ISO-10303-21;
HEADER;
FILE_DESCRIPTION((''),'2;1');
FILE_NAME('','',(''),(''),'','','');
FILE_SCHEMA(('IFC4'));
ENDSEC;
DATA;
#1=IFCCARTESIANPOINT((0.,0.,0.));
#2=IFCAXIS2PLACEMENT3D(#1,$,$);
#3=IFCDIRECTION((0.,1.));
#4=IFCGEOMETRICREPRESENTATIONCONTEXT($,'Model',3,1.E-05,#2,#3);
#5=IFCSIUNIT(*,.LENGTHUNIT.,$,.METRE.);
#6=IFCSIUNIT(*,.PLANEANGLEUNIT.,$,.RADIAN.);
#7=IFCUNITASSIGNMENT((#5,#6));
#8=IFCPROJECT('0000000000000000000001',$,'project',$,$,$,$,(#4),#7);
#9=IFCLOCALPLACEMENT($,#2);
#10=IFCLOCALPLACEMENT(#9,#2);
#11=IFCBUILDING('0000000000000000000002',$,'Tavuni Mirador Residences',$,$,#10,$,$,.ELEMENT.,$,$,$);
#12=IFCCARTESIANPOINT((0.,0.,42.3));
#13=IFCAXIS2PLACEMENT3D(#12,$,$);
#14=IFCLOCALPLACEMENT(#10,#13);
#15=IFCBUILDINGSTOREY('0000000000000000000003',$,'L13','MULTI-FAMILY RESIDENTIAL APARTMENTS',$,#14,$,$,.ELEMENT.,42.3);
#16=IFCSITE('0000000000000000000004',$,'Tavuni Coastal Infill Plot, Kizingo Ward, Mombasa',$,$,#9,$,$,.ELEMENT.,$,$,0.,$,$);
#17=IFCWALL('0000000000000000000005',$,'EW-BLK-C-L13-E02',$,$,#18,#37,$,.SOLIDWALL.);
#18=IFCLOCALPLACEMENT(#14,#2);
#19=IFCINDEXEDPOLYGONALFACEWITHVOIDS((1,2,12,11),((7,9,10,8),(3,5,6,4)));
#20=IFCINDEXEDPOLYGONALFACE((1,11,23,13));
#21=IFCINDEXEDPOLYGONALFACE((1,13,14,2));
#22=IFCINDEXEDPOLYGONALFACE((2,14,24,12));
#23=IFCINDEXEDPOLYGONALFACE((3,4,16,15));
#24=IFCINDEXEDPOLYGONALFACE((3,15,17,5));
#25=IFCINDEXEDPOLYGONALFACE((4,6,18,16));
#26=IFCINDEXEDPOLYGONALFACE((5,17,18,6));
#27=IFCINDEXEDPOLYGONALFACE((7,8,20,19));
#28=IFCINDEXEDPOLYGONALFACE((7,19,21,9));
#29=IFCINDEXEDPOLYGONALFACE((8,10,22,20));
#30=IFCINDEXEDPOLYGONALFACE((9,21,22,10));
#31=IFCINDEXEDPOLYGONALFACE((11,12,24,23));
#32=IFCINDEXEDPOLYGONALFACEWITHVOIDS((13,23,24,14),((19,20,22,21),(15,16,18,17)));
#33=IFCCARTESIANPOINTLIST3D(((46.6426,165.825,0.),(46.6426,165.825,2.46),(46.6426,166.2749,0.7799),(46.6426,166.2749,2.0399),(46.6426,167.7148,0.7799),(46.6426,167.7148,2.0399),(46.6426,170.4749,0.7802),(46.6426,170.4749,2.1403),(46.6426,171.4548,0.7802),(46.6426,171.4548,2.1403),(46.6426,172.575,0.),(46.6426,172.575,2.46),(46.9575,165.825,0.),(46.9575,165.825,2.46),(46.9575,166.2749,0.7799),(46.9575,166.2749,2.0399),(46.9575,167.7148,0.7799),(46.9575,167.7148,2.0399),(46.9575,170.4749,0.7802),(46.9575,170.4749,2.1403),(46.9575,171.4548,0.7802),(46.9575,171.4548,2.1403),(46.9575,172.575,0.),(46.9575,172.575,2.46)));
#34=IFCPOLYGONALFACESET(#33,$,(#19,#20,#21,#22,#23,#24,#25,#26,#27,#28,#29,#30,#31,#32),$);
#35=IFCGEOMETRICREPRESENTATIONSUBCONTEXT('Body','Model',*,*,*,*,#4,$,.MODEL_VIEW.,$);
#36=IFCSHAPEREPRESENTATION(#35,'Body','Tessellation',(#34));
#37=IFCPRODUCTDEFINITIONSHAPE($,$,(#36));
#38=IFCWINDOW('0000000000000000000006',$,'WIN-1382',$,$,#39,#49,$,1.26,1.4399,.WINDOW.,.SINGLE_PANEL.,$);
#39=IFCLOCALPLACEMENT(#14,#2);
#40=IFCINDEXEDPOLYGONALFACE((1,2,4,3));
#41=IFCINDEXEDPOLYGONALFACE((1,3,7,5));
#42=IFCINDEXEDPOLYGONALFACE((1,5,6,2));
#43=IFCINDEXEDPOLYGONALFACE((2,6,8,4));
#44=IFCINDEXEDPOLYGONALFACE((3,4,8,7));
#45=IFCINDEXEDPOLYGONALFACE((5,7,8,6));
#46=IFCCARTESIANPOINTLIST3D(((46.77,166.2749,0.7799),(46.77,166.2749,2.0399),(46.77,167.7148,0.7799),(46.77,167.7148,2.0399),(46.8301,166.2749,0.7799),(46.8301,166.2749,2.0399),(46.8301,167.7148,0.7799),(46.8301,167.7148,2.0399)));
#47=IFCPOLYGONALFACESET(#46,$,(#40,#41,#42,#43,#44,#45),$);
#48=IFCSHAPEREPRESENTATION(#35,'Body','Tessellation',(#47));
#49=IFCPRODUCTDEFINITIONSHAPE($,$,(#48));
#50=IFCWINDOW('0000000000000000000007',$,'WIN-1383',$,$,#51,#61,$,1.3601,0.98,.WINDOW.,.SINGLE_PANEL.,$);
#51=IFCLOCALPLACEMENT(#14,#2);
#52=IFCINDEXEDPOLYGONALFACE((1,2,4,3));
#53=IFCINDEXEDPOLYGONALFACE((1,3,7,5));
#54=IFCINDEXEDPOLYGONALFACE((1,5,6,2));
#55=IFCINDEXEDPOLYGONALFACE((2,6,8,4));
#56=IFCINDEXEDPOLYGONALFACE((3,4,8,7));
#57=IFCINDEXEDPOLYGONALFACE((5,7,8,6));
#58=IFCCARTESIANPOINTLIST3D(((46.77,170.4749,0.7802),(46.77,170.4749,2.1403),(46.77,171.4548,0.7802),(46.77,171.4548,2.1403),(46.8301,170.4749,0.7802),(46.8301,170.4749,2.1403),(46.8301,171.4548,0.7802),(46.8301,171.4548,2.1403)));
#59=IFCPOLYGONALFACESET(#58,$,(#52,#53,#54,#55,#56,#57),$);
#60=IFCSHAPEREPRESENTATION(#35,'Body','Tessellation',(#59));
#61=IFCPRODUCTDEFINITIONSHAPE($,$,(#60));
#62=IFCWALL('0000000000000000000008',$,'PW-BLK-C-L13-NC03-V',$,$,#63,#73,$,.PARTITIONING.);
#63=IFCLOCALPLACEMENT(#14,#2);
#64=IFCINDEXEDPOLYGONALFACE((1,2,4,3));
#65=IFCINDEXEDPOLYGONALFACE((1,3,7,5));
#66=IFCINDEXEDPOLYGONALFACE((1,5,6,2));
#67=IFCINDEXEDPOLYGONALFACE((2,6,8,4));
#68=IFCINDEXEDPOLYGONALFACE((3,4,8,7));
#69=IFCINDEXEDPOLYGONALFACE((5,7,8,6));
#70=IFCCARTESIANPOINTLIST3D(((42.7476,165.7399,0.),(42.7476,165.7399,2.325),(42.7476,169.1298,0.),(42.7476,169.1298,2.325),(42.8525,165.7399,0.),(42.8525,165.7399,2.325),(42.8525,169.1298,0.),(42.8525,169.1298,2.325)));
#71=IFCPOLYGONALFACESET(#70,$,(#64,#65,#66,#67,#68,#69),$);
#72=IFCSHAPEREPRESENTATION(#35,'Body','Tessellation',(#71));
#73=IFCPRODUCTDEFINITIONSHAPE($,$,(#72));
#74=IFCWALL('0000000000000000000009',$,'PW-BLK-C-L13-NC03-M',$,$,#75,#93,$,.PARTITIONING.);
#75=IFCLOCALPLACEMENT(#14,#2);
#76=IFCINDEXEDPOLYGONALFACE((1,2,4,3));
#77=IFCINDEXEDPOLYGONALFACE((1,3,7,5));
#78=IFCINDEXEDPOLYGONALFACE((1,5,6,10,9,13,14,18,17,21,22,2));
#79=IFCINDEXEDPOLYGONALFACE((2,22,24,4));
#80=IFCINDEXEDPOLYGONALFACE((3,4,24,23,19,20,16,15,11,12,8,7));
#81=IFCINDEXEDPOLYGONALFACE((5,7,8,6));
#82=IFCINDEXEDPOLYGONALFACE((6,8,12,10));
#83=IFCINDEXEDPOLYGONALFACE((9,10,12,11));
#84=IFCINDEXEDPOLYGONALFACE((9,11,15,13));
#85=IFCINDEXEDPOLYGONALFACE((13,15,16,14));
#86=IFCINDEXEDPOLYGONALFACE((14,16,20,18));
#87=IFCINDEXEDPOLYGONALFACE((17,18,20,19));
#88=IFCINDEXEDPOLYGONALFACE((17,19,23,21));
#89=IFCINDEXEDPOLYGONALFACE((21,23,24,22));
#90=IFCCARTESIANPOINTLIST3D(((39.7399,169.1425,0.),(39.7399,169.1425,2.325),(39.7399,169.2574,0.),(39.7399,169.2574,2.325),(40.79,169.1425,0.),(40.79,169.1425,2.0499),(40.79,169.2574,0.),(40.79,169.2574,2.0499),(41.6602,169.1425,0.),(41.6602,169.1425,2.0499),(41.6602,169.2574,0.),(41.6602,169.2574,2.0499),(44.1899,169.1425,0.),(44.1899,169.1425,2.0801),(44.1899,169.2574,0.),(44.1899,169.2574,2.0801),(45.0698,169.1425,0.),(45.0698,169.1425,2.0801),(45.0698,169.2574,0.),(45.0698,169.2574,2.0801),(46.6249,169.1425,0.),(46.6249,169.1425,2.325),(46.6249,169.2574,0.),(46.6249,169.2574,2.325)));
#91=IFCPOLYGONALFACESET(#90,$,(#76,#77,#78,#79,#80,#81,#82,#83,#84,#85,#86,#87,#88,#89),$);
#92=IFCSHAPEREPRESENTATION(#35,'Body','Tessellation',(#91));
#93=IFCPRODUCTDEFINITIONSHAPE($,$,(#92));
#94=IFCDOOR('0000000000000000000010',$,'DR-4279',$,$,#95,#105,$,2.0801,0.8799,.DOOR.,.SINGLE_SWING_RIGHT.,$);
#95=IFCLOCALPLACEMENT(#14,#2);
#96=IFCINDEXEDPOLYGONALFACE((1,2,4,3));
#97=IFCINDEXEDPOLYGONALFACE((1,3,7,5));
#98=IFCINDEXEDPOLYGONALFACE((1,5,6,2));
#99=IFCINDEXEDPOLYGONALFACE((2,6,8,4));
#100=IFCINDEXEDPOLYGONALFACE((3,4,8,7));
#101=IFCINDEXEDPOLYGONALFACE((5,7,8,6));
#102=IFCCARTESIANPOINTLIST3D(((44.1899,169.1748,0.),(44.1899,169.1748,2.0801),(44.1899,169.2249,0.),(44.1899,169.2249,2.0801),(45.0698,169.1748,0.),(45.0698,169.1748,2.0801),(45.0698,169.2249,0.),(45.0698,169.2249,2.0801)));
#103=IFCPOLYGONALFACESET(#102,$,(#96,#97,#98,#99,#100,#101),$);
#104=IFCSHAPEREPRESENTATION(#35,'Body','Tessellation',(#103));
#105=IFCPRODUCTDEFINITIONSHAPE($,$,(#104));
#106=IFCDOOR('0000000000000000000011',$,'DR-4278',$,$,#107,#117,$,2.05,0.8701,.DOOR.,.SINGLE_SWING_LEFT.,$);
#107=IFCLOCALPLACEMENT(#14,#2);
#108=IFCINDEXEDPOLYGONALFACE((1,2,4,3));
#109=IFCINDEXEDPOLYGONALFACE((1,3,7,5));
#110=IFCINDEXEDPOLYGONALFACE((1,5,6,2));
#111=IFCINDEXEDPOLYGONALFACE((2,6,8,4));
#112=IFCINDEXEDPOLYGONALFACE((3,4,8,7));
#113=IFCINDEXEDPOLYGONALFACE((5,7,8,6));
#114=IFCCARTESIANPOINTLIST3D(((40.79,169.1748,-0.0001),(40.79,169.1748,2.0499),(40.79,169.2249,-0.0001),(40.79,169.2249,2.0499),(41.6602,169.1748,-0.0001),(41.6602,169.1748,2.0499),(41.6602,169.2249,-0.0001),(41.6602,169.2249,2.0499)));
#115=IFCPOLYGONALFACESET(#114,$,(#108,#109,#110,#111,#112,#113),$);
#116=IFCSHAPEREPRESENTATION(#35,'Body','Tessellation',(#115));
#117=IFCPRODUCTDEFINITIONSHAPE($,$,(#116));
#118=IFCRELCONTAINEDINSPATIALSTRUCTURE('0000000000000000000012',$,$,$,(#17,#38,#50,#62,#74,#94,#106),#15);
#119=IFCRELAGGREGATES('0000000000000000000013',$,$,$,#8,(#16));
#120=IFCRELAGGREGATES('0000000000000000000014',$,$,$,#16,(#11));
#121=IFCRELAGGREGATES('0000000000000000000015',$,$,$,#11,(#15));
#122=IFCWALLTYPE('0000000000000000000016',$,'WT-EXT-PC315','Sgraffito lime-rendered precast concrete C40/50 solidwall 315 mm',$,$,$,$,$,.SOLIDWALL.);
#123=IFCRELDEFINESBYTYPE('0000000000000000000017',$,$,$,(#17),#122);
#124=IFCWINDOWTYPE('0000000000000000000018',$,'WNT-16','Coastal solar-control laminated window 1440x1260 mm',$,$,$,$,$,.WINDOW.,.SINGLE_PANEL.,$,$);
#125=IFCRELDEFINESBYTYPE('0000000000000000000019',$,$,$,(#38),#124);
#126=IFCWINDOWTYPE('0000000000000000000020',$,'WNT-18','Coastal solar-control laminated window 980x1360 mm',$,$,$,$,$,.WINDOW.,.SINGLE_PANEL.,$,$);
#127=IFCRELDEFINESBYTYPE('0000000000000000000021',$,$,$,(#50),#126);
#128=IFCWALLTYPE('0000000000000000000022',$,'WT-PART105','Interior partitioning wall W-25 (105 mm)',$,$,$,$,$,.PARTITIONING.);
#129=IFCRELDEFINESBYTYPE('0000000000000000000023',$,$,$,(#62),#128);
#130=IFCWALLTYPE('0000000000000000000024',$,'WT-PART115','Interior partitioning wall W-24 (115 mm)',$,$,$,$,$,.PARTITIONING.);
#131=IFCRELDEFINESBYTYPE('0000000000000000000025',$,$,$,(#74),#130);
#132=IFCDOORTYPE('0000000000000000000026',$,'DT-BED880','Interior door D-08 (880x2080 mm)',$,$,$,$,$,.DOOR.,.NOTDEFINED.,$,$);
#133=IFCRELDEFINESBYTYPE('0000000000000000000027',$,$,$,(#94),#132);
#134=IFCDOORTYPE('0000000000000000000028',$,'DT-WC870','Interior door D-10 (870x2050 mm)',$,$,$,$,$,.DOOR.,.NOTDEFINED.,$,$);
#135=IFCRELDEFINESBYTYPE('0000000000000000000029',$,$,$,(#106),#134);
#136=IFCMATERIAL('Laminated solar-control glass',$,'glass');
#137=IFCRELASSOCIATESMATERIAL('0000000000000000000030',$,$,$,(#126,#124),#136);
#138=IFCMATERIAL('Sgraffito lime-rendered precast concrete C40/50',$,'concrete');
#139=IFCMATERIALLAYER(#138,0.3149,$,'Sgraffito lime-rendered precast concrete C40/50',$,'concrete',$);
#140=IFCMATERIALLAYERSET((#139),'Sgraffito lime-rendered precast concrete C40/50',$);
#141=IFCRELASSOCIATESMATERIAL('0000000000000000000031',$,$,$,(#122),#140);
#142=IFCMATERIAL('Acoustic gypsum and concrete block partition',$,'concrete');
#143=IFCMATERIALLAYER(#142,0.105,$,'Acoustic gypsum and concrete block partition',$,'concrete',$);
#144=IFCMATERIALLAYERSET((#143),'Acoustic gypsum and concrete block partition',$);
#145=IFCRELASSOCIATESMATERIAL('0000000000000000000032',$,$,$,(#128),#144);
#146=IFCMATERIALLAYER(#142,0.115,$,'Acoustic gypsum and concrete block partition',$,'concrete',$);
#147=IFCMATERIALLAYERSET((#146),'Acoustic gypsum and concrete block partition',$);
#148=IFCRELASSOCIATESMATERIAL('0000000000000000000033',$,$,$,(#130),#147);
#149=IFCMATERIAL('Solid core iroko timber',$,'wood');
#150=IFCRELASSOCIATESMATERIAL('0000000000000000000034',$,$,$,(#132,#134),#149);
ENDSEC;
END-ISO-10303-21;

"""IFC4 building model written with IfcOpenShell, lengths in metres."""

from ifc_helpers import new_model, si_unit, direction, frame, frame_2d, origin, place, context, subcontext, project, spatial, rectangle, extrude, material, layer, layer_set, type_object, element, fill, save


model = new_model("IFC4")

# Units and contexts
model_context = context("Model", 3, precision=1e-05, world=origin(), true_north=direction((0.0, 1.0)))
body_context = subcontext(model_context, "Body", "Model", "MODEL_VIEW")
ifc_project = project(units=[si_unit("LENGTHUNIT", "METRE"), si_unit("PLANEANGLEUNIT", "RADIAN")], contexts=[model_context])

# Site, building, storey
site_placement = place(None, origin())
site = spatial("IfcSite", under=ifc_project, at=site_placement, Name="Tavuni Coastal Infill Plot, Kizingo Ward, Mombasa", CompositionType="ELEMENT", RefElevation=0.0)
building_placement = place(site_placement, origin())
building = spatial("IfcBuilding", under=site, at=building_placement, Name="Tavuni Mirador Residences", CompositionType="ELEMENT")
storey_placement = place(building_placement, frame((0.0, 0.0, 42.3)))
storey = spatial("IfcBuildingStorey", under=building, at=storey_placement, Name="L13", Description="MULTI-FAMILY RESIDENTIAL APARTMENTS", CompositionType="ELEMENT", Elevation=42.3)

# Wall, openings, windows
ifc_material_1 = material(Name="Sgraffito lime-rendered precast concrete C40/50", Category="concrete")
ifc_material_2 = material(Name="Laminated solar-control glass", Category="glass")
window_type_1 = type_object("IfcWindowType", Name="WNT-18", Description="Coastal solar-control laminated window 980x1360 mm", PartitioningType="SINGLE_PANEL", PredefinedType="WINDOW", material=ifc_material_2)
ifc_layer_1 = layer(ifc_material_1, 0.3149, Name="Sgraffito lime-rendered precast concrete C40/50", Category="concrete")
ifc_layer_set_1 = layer_set([ifc_layer_1], Name="Sgraffito lime-rendered precast concrete C40/50")
wall_type_1 = type_object("IfcWallType", Name="WT-EXT-PC315", Description="Sgraffito lime-rendered precast concrete C40/50 solidwall 315 mm", PredefinedType="SOLIDWALL", material=ifc_layer_set_1)
wall_1_placement = place(storey_placement, frame((46.8, 165.825, 0.0), z_axis=(0.0, 0.0, 1.0), x_axis=(0.0, 1.0, 0.0)))
wall_1 = element("IfcWall", 1, at=wall_1_placement, inside=storey, type_object=wall_type_1, Name="EW-BLK-C-L13-E02", PredefinedType="SOLIDWALL", context=body_context, shape_type="SweptSolid", body=[
    extrude(rectangle(XDim=6.75, YDim=0.3149, at=frame_2d((3.375, 0.0))), origin(), (0.0, 0.0, 1.0), 2.46),
])
opening_1_placement = place(wall_1_placement, frame((0.45, 0.0, 0.78)))
opening_1 = element("IfcOpeningElement", 2, at=opening_1_placement, cuts=wall_1, PredefinedType="OPENING", context=body_context, shape_type="SweptSolid", body=[
    extrude(rectangle(XDim=1.4399, YDim=1.26, at=frame_2d((0.72, 0.6299))), frame((0.0, 0.1675, 0.0), z_axis=(0.0, -1.0, 0.0), x_axis=(1.0, 0.0, 0.0)), (0.0, 0.0, 1.0), 0.335),
])
opening_2_placement = place(wall_1_placement, frame((4.6499, 0.0, 0.78)))
opening_2 = element("IfcOpeningElement", 3, at=opening_2_placement, cuts=wall_1, PredefinedType="OPENING", context=body_context, shape_type="SweptSolid", body=[
    extrude(rectangle(XDim=0.98, YDim=1.3601, at=frame_2d((0.49, 0.6802))), frame((0.0, 0.1675, 0.0), z_axis=(0.0, -1.0, 0.0), x_axis=(1.0, 0.0, 0.0)), (0.0, 0.0, 1.0), 0.335),
])
window_type_2 = type_object("IfcWindowType", Name="WNT-16", Description="Coastal solar-control laminated window 1440x1260 mm", PartitioningType="SINGLE_PANEL", PredefinedType="WINDOW", material=ifc_material_2)
window_1_placement = place(opening_1_placement, origin())
window_1 = element("IfcWindow", 4, at=window_1_placement, inside=storey, type_object=window_type_2, Name="WIN-1382", OverallHeight=1.26, OverallWidth=1.4399, PartitioningType="SINGLE_PANEL", PredefinedType="WINDOW", context=body_context, shape_type="SweptSolid", body=[
    extrude(rectangle(XDim=1.4399, YDim=1.26, at=frame_2d((0.72, 0.6299))), frame((0.0, 0.03, 0.0), z_axis=(0.0, -1.0, 0.0), x_axis=(1.0, 0.0, 0.0)), (0.0, 0.0, 1.0), 0.0601),
])
fill(opening_1, window_1)
window_2_placement = place(opening_2_placement, origin())
window_2 = element("IfcWindow", 5, at=window_2_placement, inside=storey, type_object=window_type_1, Name="WIN-1383", OverallHeight=1.3601, OverallWidth=0.98, PartitioningType="SINGLE_PANEL", PredefinedType="WINDOW", context=body_context, shape_type="SweptSolid", body=[
    extrude(rectangle(XDim=0.98, YDim=1.3601, at=frame_2d((0.49, 0.6802))), frame((0.0, 0.03, 0.0), z_axis=(0.0, -1.0, 0.0), x_axis=(1.0, 0.0, 0.0)), (0.0, 0.0, 1.0), 0.0601),
])
fill(opening_2, window_2)

# Wall
ifc_material_3 = material(Name="Acoustic gypsum and concrete block partition", Category="concrete")
ifc_layer_2 = layer(ifc_material_3, 0.105, Name="Acoustic gypsum and concrete block partition", Category="concrete")
ifc_layer_set_2 = layer_set([ifc_layer_2], Name="Acoustic gypsum and concrete block partition")
wall_type_2 = type_object("IfcWallType", Name="WT-PART105", Description="Interior partitioning wall W-25 (105 mm)", PredefinedType="PARTITIONING", material=ifc_layer_set_2)
wall_2_placement = place(storey_placement, frame((42.8, 165.74, 0.0), z_axis=(0.0, 0.0, 1.0), x_axis=(0.0, 1.0, 0.0)))
element("IfcWall", 6, at=wall_2_placement, inside=storey, type_object=wall_type_2, Name="PW-BLK-C-L13-NC03-V", PredefinedType="PARTITIONING", context=body_context, shape_type="SweptSolid", body=[
    extrude(rectangle(XDim=3.3899, YDim=0.105, at=frame_2d((1.6948, 0.0))), origin(), (0.0, 0.0, 1.0), 2.325),
])

# Wall, openings, doors
ifc_layer_3 = layer(ifc_material_3, 0.115, Name="Acoustic gypsum and concrete block partition", Category="concrete")
ifc_layer_set_3 = layer_set([ifc_layer_3], Name="Acoustic gypsum and concrete block partition")
wall_type_3 = type_object("IfcWallType", Name="WT-PART115", Description="Interior partitioning wall W-24 (115 mm)", PredefinedType="PARTITIONING", material=ifc_layer_set_3)
wall_3_placement = place(storey_placement, frame((39.74, 169.2, 0.0), z_axis=(0.0, 0.0, 1.0), x_axis=(1.0, 0.0, 0.0)))
wall_3 = element("IfcWall", 7, at=wall_3_placement, inside=storey, type_object=wall_type_3, Name="PW-BLK-C-L13-NC03-M", PredefinedType="PARTITIONING", context=body_context, shape_type="SweptSolid", body=[
    extrude(rectangle(XDim=6.885, YDim=0.115, at=frame_2d((3.4424, 0.0))), origin(), (0.0, 0.0, 1.0), 2.325),
])
opening_3_placement = place(wall_3_placement, frame((1.05, 0.0, 0.0)))
opening_3 = element("IfcOpeningElement", 8, at=opening_3_placement, cuts=wall_3, PredefinedType="OPENING", context=body_context, shape_type="SweptSolid", body=[
    extrude(rectangle(XDim=0.8701, YDim=2.05, at=frame_2d((0.4351, 1.0249))), frame((0.0, 0.0674, 0.0), z_axis=(0.0, -1.0, 0.0), x_axis=(1.0, 0.0, 0.0)), (0.0, 0.0, 1.0), 0.135),
])
opening_4_placement = place(wall_3_placement, frame((4.45, 0.0, 0.0)))
opening_4 = element("IfcOpeningElement", 9, at=opening_4_placement, cuts=wall_3, PredefinedType="OPENING", context=body_context, shape_type="SweptSolid", body=[
    extrude(rectangle(XDim=0.8799, YDim=2.0801, at=frame_2d((0.4399, 1.04))), frame((0.0, 0.0674, 0.0), z_axis=(0.0, -1.0, 0.0), x_axis=(1.0, 0.0, 0.0)), (0.0, 0.0, 1.0), 0.135),
])
ifc_material_4 = material(Name="Solid core iroko timber", Category="wood")
door_type_1 = type_object("IfcDoorType", Name="DT-BED880", Description="Interior door D-08 (880x2080 mm)", OperationType="NOTDEFINED", PredefinedType="DOOR", material=ifc_material_4)
door_1_placement = place(opening_4_placement, origin())
door_1 = element("IfcDoor", 10, at=door_1_placement, inside=storey, type_object=door_type_1, Name="DR-4279", OperationType="SINGLE_SWING_RIGHT", OverallHeight=2.0801, OverallWidth=0.8799, PredefinedType="DOOR", context=body_context, shape_type="SweptSolid", body=[
    extrude(rectangle(XDim=0.8799, YDim=2.0801, at=frame_2d((0.4399, 1.04))), frame((0.0, 0.0249, 0.0), z_axis=(0.0, -1.0, 0.0), x_axis=(1.0, 0.0, 0.0)), (0.0, 0.0, 1.0), 0.05),
])
fill(opening_4, door_1)
door_type_2 = type_object("IfcDoorType", Name="DT-WC870", Description="Interior door D-10 (870x2050 mm)", OperationType="NOTDEFINED", PredefinedType="DOOR", material=ifc_material_4)
door_2_placement = place(opening_3_placement, origin())
door_2 = element("IfcDoor", 11, at=door_2_placement, inside=storey, type_object=door_type_2, Name="DR-4278", OperationType="SINGLE_SWING_LEFT", OverallHeight=2.05, OverallWidth=0.8701, PredefinedType="DOOR", context=body_context, shape_type="SweptSolid", body=[
    extrude(rectangle(XDim=0.8701, YDim=2.05, at=frame_2d((0.4351, 1.0249))), frame((0.0, 0.0249, 0.0), z_axis=(0.0, -1.0, 0.0), x_axis=(1.0, 0.0, 0.0)), (0.0, 0.0, 1.0), 0.05),
])
fill(opening_3, door_2)

save(model, "model.ifc")
